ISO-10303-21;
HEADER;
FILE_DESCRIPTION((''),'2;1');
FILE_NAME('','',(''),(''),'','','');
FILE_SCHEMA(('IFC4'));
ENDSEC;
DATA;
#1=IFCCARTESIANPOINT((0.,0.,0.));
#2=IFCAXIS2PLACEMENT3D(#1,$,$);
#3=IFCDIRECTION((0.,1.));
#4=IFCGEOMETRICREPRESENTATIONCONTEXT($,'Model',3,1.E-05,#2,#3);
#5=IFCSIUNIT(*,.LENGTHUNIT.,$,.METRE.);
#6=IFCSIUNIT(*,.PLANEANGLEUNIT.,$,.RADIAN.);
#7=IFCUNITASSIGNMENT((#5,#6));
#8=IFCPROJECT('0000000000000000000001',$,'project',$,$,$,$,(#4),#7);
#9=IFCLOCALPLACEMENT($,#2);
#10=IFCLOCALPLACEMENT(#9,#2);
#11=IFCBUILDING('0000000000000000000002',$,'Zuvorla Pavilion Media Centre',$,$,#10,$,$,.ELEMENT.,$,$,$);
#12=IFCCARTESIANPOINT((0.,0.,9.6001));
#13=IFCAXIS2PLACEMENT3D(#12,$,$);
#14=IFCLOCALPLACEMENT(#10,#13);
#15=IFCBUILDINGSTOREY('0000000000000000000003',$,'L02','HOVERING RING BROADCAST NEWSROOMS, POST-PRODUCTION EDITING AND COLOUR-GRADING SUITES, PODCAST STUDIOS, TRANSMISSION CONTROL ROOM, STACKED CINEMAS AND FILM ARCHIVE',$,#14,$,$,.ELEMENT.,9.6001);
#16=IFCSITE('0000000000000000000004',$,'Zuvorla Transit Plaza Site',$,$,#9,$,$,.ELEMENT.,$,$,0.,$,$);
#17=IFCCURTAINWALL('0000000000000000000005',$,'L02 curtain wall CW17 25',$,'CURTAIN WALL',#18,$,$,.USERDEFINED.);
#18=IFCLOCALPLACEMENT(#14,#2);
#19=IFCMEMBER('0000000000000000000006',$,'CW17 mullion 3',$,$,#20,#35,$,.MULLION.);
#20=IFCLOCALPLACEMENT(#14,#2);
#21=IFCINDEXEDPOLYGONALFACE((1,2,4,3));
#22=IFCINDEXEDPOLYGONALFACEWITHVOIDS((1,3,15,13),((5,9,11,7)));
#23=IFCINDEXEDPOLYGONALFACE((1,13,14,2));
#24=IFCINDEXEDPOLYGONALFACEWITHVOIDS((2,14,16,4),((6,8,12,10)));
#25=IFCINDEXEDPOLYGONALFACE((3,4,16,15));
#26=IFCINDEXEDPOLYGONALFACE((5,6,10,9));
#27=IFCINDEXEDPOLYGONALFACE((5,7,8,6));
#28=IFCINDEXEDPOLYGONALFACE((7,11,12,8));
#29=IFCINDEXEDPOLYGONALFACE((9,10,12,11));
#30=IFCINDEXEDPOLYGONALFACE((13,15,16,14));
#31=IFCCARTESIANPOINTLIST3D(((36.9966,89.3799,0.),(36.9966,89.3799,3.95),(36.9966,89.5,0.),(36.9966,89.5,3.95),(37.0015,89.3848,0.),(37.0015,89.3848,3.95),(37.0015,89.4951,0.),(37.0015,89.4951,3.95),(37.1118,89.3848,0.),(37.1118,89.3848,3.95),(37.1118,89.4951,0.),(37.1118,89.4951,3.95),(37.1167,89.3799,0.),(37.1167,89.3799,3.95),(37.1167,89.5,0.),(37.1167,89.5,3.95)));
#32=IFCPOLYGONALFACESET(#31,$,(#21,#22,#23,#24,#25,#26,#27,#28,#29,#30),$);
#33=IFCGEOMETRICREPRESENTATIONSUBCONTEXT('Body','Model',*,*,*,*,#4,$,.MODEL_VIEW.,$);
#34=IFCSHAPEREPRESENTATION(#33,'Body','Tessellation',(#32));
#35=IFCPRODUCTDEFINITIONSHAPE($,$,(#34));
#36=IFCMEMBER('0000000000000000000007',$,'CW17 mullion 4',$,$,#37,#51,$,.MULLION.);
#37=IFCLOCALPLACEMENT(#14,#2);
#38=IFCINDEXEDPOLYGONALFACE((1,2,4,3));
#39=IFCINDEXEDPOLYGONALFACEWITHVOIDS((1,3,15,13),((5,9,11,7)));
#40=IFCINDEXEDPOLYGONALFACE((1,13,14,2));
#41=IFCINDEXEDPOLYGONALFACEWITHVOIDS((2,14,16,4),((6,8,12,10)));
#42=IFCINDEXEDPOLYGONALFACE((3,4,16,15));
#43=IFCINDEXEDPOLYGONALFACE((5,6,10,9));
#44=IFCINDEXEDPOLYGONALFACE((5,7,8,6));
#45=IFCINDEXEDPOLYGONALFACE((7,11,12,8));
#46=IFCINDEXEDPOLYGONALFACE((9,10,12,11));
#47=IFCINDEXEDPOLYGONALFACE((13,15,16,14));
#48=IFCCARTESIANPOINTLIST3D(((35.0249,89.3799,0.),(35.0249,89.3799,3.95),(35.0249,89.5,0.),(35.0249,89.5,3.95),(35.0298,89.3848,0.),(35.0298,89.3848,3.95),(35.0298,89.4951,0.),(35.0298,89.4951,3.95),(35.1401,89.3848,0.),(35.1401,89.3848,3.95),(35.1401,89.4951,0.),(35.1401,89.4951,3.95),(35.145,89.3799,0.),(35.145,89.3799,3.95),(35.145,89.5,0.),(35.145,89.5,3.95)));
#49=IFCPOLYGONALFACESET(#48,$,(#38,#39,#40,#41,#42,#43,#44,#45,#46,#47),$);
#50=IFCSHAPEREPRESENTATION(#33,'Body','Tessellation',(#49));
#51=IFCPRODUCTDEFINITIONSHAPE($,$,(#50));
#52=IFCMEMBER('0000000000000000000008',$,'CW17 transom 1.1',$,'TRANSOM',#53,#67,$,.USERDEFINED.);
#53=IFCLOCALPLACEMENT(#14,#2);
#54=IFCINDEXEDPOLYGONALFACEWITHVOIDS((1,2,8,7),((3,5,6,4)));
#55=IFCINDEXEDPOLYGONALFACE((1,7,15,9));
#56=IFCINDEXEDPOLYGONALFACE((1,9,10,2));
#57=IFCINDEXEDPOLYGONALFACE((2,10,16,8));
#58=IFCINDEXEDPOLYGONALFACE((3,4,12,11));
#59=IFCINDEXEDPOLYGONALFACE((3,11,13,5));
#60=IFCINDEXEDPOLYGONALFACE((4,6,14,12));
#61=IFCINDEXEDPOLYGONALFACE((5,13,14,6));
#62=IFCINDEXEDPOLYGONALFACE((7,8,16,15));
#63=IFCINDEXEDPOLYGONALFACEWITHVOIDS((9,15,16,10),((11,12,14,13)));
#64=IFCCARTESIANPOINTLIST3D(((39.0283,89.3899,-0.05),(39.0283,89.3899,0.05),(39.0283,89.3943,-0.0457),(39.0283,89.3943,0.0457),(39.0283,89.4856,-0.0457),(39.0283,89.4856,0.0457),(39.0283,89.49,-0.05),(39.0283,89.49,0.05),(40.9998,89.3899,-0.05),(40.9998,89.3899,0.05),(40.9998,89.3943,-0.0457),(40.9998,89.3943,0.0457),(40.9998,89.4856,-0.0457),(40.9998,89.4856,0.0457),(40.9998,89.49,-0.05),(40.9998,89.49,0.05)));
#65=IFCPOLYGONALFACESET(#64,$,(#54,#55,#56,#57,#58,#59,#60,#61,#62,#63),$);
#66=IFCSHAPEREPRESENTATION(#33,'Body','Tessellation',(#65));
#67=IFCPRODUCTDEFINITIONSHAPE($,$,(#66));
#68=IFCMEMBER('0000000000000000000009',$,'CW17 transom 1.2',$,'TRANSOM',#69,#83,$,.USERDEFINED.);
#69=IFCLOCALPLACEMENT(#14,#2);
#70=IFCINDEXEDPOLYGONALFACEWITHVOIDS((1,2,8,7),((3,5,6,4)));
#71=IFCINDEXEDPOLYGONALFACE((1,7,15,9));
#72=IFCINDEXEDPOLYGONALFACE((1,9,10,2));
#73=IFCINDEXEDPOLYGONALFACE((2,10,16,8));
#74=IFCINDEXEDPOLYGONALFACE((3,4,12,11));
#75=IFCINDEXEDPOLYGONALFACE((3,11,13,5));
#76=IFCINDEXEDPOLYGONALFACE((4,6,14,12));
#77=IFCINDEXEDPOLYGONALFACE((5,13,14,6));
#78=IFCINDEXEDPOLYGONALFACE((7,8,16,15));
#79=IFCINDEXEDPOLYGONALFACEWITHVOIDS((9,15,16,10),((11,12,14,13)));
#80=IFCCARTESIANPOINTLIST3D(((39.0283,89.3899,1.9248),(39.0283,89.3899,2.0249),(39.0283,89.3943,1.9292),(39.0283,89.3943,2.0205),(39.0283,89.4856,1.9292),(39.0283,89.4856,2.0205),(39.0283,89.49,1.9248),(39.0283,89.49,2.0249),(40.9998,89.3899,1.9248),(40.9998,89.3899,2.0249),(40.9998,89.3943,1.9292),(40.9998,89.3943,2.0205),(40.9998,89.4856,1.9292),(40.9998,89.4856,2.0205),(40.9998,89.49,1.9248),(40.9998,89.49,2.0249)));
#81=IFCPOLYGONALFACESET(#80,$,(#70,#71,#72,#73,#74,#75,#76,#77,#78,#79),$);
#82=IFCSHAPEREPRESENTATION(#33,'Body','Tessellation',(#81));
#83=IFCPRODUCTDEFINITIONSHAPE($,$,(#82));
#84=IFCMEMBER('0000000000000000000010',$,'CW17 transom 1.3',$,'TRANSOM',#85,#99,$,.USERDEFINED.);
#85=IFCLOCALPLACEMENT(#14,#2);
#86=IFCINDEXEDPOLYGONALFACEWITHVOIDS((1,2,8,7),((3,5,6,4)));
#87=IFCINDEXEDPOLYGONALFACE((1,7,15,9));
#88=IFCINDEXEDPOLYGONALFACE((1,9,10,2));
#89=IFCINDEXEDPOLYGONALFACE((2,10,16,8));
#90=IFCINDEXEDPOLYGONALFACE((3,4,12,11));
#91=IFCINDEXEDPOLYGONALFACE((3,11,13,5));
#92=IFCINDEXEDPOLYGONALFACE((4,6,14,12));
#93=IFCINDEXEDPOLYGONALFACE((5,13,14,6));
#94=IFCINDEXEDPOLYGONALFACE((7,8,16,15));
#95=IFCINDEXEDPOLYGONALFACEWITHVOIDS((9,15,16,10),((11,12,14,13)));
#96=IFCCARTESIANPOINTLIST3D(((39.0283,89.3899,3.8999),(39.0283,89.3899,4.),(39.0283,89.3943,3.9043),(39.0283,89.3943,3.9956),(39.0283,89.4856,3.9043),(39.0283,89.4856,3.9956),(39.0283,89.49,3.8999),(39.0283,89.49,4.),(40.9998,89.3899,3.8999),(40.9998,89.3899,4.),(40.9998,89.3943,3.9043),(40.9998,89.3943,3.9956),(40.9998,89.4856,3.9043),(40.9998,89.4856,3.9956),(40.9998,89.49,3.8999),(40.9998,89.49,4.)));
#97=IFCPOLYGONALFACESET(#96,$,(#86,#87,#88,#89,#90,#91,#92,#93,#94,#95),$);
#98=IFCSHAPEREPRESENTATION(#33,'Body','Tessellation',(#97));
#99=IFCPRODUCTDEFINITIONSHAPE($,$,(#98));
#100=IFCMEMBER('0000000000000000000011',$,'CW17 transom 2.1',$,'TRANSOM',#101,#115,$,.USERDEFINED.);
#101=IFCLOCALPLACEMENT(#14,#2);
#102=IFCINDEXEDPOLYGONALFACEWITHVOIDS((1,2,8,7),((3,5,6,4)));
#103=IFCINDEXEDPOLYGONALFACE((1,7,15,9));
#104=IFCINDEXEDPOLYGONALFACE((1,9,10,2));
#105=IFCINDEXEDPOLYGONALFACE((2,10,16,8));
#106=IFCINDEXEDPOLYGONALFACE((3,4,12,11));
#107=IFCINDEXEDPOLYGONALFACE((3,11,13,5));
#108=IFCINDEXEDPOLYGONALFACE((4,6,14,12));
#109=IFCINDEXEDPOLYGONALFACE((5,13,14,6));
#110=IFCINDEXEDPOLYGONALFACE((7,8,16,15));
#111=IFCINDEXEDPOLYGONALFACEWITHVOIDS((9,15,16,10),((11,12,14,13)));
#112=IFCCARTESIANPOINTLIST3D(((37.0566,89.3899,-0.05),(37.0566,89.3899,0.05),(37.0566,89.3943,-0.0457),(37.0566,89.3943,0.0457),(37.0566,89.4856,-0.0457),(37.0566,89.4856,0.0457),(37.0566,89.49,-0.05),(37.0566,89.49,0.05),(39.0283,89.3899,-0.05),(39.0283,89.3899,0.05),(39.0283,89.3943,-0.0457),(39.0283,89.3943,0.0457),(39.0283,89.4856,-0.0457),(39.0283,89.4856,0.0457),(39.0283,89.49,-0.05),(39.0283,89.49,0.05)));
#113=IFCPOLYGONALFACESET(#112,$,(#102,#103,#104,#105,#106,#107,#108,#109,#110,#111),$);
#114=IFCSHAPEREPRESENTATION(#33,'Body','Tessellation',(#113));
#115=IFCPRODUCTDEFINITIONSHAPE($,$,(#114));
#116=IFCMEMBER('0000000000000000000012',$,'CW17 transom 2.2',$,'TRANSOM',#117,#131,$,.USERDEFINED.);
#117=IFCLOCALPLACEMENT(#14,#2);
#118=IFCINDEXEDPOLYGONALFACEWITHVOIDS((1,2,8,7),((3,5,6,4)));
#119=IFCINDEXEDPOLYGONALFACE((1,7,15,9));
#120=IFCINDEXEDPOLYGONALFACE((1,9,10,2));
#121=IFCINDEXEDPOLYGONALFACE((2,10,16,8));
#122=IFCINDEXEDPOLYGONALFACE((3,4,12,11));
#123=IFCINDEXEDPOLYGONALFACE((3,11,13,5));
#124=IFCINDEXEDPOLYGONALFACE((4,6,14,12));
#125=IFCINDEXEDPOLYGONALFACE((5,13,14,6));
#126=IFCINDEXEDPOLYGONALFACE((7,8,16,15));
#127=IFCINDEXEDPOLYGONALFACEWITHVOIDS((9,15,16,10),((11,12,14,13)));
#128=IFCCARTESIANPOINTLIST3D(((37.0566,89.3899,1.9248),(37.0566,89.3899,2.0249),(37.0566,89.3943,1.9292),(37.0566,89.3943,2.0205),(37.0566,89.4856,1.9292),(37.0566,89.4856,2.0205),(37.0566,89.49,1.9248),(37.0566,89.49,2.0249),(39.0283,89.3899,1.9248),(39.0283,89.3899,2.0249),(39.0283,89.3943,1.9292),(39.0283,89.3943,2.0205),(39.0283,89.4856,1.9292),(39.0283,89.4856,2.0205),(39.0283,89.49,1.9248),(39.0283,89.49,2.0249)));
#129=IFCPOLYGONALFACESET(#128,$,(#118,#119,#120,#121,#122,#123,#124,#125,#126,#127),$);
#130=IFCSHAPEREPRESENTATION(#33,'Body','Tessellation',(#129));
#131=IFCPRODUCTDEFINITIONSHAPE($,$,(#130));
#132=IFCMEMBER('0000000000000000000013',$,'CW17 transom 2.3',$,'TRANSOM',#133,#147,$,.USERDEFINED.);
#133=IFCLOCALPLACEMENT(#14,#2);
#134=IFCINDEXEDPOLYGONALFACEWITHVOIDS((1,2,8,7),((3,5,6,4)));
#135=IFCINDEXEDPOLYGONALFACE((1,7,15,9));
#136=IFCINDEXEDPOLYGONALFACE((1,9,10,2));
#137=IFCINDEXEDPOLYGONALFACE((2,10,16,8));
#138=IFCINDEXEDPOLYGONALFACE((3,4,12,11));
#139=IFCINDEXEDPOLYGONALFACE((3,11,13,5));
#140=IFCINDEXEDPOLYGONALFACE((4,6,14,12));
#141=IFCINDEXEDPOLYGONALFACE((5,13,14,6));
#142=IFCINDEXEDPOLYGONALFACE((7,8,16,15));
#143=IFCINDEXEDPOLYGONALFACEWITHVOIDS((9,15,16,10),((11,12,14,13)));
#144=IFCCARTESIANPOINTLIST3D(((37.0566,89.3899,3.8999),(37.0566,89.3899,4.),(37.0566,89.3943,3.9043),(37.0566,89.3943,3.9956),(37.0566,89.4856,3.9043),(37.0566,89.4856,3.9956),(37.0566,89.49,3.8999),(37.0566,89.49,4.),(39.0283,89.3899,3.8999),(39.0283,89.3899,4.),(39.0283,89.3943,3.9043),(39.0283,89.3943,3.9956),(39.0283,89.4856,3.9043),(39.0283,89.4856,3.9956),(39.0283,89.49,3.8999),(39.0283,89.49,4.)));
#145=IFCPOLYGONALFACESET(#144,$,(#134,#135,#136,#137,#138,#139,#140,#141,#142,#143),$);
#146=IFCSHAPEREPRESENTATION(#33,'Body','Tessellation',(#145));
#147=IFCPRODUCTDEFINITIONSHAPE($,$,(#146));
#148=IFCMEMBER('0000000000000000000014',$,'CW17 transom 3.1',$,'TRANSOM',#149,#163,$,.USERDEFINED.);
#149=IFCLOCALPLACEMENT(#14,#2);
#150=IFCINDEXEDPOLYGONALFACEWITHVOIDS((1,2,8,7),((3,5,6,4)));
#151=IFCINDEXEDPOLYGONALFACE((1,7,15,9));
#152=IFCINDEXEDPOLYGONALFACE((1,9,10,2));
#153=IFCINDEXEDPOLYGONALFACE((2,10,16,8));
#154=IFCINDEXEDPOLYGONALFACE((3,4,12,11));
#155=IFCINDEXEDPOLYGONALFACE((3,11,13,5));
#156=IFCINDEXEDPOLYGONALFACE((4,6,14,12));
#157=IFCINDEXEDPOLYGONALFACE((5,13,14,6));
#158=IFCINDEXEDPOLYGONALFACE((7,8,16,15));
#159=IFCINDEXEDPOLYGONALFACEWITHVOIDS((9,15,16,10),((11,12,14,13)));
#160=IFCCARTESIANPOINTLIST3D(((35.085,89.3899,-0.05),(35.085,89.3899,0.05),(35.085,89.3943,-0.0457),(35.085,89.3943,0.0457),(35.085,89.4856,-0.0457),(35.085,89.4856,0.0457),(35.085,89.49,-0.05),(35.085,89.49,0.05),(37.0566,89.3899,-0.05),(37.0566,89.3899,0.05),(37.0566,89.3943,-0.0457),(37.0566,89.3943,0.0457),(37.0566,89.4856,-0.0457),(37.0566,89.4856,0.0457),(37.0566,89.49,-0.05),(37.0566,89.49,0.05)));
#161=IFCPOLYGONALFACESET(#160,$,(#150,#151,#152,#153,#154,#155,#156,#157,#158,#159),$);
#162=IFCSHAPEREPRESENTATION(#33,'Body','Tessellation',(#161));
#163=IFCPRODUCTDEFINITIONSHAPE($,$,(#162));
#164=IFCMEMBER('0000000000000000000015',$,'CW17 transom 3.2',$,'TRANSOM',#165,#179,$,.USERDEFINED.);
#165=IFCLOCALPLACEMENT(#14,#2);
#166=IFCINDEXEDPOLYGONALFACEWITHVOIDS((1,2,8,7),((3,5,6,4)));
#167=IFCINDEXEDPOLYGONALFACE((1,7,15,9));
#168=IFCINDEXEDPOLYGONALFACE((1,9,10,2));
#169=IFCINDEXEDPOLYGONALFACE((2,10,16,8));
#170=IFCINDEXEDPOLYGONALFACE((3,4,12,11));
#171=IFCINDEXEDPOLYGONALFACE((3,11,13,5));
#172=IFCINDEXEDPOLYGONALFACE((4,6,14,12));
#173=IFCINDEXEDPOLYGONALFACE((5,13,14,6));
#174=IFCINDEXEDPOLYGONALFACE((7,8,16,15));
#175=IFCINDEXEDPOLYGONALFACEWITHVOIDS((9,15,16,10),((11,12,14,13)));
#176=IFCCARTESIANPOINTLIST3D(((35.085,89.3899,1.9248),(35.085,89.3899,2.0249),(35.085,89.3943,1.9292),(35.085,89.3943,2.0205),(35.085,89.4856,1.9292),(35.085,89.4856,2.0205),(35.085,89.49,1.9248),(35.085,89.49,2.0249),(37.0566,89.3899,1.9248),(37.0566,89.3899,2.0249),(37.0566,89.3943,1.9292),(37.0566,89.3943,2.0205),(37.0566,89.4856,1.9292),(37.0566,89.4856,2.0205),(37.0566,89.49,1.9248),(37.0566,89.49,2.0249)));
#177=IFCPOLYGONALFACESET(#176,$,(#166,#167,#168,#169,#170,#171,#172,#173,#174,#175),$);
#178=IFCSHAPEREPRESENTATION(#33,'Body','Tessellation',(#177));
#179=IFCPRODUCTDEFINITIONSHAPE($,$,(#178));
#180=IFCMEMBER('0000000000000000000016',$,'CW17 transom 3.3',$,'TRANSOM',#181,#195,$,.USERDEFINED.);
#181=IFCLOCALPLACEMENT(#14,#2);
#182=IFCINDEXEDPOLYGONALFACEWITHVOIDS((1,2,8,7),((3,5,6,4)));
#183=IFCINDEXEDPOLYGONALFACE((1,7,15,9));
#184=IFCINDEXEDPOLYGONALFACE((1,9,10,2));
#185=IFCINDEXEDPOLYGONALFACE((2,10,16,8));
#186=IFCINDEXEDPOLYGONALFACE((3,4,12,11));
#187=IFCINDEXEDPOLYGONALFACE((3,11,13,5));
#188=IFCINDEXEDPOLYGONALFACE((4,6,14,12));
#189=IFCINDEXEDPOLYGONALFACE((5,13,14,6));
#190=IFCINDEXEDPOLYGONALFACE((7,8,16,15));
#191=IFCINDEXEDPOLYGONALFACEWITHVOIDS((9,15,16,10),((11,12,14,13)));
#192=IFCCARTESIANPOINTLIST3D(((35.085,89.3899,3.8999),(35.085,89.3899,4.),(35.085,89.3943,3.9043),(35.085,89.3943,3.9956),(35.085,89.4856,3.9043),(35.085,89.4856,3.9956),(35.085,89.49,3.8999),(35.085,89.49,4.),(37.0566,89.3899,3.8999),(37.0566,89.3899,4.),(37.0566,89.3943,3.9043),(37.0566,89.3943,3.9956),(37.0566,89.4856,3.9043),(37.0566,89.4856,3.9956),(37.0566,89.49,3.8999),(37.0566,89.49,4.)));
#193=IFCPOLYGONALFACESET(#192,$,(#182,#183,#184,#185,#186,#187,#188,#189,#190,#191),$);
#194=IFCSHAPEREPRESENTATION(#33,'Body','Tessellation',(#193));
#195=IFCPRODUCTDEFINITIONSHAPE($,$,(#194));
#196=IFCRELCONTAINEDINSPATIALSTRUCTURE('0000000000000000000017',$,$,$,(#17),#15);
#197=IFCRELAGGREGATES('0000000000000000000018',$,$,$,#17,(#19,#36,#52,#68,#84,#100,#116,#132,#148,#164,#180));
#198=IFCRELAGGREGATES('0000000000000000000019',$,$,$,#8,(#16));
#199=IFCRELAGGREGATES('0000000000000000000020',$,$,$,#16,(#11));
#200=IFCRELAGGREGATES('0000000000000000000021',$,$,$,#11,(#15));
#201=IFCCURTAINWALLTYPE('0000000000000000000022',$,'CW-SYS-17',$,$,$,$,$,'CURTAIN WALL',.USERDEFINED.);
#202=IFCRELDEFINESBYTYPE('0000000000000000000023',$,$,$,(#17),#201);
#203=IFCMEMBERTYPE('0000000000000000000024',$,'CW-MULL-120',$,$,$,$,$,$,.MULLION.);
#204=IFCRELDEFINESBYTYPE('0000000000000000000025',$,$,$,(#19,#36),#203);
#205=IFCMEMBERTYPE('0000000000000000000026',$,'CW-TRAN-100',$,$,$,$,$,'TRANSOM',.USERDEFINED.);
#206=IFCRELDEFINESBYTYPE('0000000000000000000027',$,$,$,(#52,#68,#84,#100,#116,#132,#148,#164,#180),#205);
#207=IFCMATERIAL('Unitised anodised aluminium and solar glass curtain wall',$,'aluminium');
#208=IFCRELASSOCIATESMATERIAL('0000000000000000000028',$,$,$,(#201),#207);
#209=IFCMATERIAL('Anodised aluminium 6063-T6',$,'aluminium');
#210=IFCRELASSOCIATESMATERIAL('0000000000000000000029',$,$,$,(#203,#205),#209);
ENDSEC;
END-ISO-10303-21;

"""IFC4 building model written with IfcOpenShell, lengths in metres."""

from ifc_helpers import new_model, si_unit, direction, frame, origin, origin_2d, place, context, subcontext, project, spatial, hollow_rectangle, extrude, material, material_profile, profile_set, type_object, element, aggregate, save


model = new_model("IFC4")

# Units and contexts
model_context = context("Model", 3, precision=1e-05, world=origin(), true_north=direction((0.0, 1.0)))
body_context = subcontext(model_context, "Body", "Model", "MODEL_VIEW")
ifc_project = project(units=[si_unit("LENGTHUNIT", "METRE"), si_unit("PLANEANGLEUNIT", "RADIAN")], contexts=[model_context])

# Site, building, storey
site_placement = place(None, origin())
site = spatial("IfcSite", under=ifc_project, at=site_placement, Name="Zuvorla Transit Plaza Site", CompositionType="ELEMENT", RefElevation=0.0)
building_placement = place(site_placement, origin())
building = spatial("IfcBuilding", under=site, at=building_placement, Name="Zuvorla Pavilion Media Centre", CompositionType="ELEMENT")
storey_placement = place(building_placement, frame((0.0, 0.0, 9.6001)))
storey = spatial("IfcBuildingStorey", under=building, at=storey_placement, Name="L02", Description="HOVERING RING BROADCAST NEWSROOMS, POST-PRODUCTION EDITING AND COLOUR-GRADING SUITES, PODCAST STUDIOS, TRANSMISSION CONTROL ROOM, STACKED CINEMAS AND FILM ARCHIVE", CompositionType="ELEMENT", Elevation=9.6001)

# Curtain wall, members
ifc_material_1 = material(Name="Unitised anodised aluminium and solar glass curtain wall", Category="aluminium")
curtain_wall_type = type_object("IfcCurtainWallType", Name="CW-SYS-17", ElementType="CURTAIN WALL", PredefinedType="USERDEFINED", material=ifc_material_1)
curtain_wall_placement = place(storey_placement, origin())
curtain_wall = element("IfcCurtainWall", 1, at=curtain_wall_placement, inside=storey, type_object=curtain_wall_type, Name="L02 curtain wall CW17 25", ObjectType="CURTAIN WALL", PredefinedType="USERDEFINED")
ifc_material_2 = material(Name="Anodised aluminium 6063-T6", Category="aluminium")
ifc_material_profile_1 = material_profile(ifc_material_2, hollow_rectangle(XDim=0.1201, YDim=0.1201, WallThickness=0.0049, at=origin_2d()), Name="ALU MULL 120x120")
ifc_profile_set_1 = profile_set([ifc_material_profile_1], Name="Anodised aluminium 6063-T6")
member_type_1 = type_object("IfcMemberType", Name="CW-MULL-120", PredefinedType="MULLION", material=ifc_profile_set_1)
member_1_placement = place(storey_placement, frame((37.0566, 89.4399, 0.0), z_axis=(0.0, 0.0, 1.0), x_axis=(1.0, 0.0, 0.0)))
member_1 = element("IfcMember", 2, at=member_1_placement, type_object=member_type_1, Name="CW17 mullion 3", PredefinedType="MULLION", context=body_context, shape_type="SweptSolid", body=[
    extrude(hollow_rectangle(XDim=0.1201, YDim=0.1201, WallThickness=0.0049, at=origin_2d()), origin(), (0.0, 0.0, 1.0), 3.95),
])
member_2_placement = place(storey_placement, frame((35.085, 89.4399, 0.0), z_axis=(0.0, 0.0, 1.0), x_axis=(1.0, 0.0, 0.0)))
member_2 = element("IfcMember", 3, at=member_2_placement, type_object=member_type_1, Name="CW17 mullion 4", PredefinedType="MULLION", context=body_context, shape_type="SweptSolid", body=[
    extrude(hollow_rectangle(XDim=0.1201, YDim=0.1201, WallThickness=0.0049, at=origin_2d()), origin(), (0.0, 0.0, 1.0), 3.95),
])
ifc_material_profile_2 = material_profile(ifc_material_2, hollow_rectangle(XDim=0.1001, YDim=0.1001, WallThickness=0.0044, at=origin_2d()), Name="ALU TRAN 100x100")
ifc_profile_set_2 = profile_set([ifc_material_profile_2], Name="Anodised aluminium 6063-T6")
member_type_2 = type_object("IfcMemberType", Name="CW-TRAN-100", ElementType="TRANSOM", PredefinedType="USERDEFINED", material=ifc_profile_set_2)
member_3_placement = place(storey_placement, frame((40.9998, 89.4399, 0.0), z_axis=(-1.0, 0.0, 0.0), x_axis=(0.0, -1.0, 0.0)))
member_3 = element("IfcMember", 4, at=member_3_placement, type_object=member_type_2, Name="CW17 transom 1.1", ObjectType="TRANSOM", PredefinedType="USERDEFINED", context=body_context, shape_type="SweptSolid", body=[
    extrude(hollow_rectangle(XDim=0.1001, YDim=0.1001, WallThickness=0.0044, at=origin_2d()), origin(), (0.0, 0.0, 1.0), 1.9714),
])
member_4_placement = place(storey_placement, frame((40.9998, 89.4399, 1.9749), z_axis=(-1.0, 0.0, 0.0), x_axis=(0.0, -1.0, 0.0)))
member_4 = element("IfcMember", 5, at=member_4_placement, type_object=member_type_2, Name="CW17 transom 1.2", ObjectType="TRANSOM", PredefinedType="USERDEFINED", context=body_context, shape_type="SweptSolid", body=[
    extrude(hollow_rectangle(XDim=0.1001, YDim=0.1001, WallThickness=0.0044, at=origin_2d()), origin(), (0.0, 0.0, 1.0), 1.9714),
])
member_5_placement = place(storey_placement, frame((40.9998, 89.4399, 3.95), z_axis=(-1.0, 0.0, 0.0), x_axis=(0.0, -1.0, 0.0)))
member_5 = element("IfcMember", 6, at=member_5_placement, type_object=member_type_2, Name="CW17 transom 1.3", ObjectType="TRANSOM", PredefinedType="USERDEFINED", context=body_context, shape_type="SweptSolid", body=[
    extrude(hollow_rectangle(XDim=0.1001, YDim=0.1001, WallThickness=0.0044, at=origin_2d()), origin(), (0.0, 0.0, 1.0), 1.9714),
])
member_6_placement = place(storey_placement, frame((39.0283, 89.4399, 0.0), z_axis=(-1.0, 0.0, 0.0), x_axis=(0.0, -1.0, 0.0)))
member_6 = element("IfcMember", 7, at=member_6_placement, type_object=member_type_2, Name="CW17 transom 2.1", ObjectType="TRANSOM", PredefinedType="USERDEFINED", context=body_context, shape_type="SweptSolid", body=[
    extrude(hollow_rectangle(XDim=0.1001, YDim=0.1001, WallThickness=0.0044, at=origin_2d()), origin(), (0.0, 0.0, 1.0), 1.9717),
])
member_7_placement = place(storey_placement, frame((39.0283, 89.4399, 1.9749), z_axis=(-1.0, 0.0, 0.0), x_axis=(0.0, -1.0, 0.0)))
member_7 = element("IfcMember", 8, at=member_7_placement, type_object=member_type_2, Name="CW17 transom 2.2", ObjectType="TRANSOM", PredefinedType="USERDEFINED", context=body_context, shape_type="SweptSolid", body=[
    extrude(hollow_rectangle(XDim=0.1001, YDim=0.1001, WallThickness=0.0044, at=origin_2d()), origin(), (0.0, 0.0, 1.0), 1.9717),
])
member_8_placement = place(storey_placement, frame((39.0283, 89.4399, 3.95), z_axis=(-1.0, 0.0, 0.0), x_axis=(0.0, -1.0, 0.0)))
member_8 = element("IfcMember", 9, at=member_8_placement, type_object=member_type_2, Name="CW17 transom 2.3", ObjectType="TRANSOM", PredefinedType="USERDEFINED", context=body_context, shape_type="SweptSolid", body=[
    extrude(hollow_rectangle(XDim=0.1001, YDim=0.1001, WallThickness=0.0044, at=origin_2d()), origin(), (0.0, 0.0, 1.0), 1.9717),
])
member_9_placement = place(storey_placement, frame((37.0566, 89.4399, 0.0), z_axis=(-1.0, 0.0, 0.0), x_axis=(0.0, -1.0, 0.0)))
member_9 = element("IfcMember", 10, at=member_9_placement, type_object=member_type_2, Name="CW17 transom 3.1", ObjectType="TRANSOM", PredefinedType="USERDEFINED", context=body_context, shape_type="SweptSolid", body=[
    extrude(hollow_rectangle(XDim=0.1001, YDim=0.1001, WallThickness=0.0044, at=origin_2d()), origin(), (0.0, 0.0, 1.0), 1.9717),
])
member_10_placement = place(storey_placement, frame((37.0566, 89.4399, 1.9749), z_axis=(-1.0, 0.0, 0.0), x_axis=(0.0, -1.0, 0.0)))
member_10 = element("IfcMember", 11, at=member_10_placement, type_object=member_type_2, Name="CW17 transom 3.2", ObjectType="TRANSOM", PredefinedType="USERDEFINED", context=body_context, shape_type="SweptSolid", body=[
    extrude(hollow_rectangle(XDim=0.1001, YDim=0.1001, WallThickness=0.0044, at=origin_2d()), origin(), (0.0, 0.0, 1.0), 1.9717),
])
member_11_placement = place(storey_placement, frame((37.0566, 89.4399, 3.95), z_axis=(-1.0, 0.0, 0.0), x_axis=(0.0, -1.0, 0.0)))
member_11 = element("IfcMember", 12, at=member_11_placement, type_object=member_type_2, Name="CW17 transom 3.3", ObjectType="TRANSOM", PredefinedType="USERDEFINED", context=body_context, shape_type="SweptSolid", body=[
    extrude(hollow_rectangle(XDim=0.1001, YDim=0.1001, WallThickness=0.0044, at=origin_2d()), origin(), (0.0, 0.0, 1.0), 1.9717),
])
aggregate(curtain_wall, [member_1, member_2, member_3, member_4, member_5, member_6, member_7, member_8, member_9, member_10, member_11])

save(model, "model.ifc")
